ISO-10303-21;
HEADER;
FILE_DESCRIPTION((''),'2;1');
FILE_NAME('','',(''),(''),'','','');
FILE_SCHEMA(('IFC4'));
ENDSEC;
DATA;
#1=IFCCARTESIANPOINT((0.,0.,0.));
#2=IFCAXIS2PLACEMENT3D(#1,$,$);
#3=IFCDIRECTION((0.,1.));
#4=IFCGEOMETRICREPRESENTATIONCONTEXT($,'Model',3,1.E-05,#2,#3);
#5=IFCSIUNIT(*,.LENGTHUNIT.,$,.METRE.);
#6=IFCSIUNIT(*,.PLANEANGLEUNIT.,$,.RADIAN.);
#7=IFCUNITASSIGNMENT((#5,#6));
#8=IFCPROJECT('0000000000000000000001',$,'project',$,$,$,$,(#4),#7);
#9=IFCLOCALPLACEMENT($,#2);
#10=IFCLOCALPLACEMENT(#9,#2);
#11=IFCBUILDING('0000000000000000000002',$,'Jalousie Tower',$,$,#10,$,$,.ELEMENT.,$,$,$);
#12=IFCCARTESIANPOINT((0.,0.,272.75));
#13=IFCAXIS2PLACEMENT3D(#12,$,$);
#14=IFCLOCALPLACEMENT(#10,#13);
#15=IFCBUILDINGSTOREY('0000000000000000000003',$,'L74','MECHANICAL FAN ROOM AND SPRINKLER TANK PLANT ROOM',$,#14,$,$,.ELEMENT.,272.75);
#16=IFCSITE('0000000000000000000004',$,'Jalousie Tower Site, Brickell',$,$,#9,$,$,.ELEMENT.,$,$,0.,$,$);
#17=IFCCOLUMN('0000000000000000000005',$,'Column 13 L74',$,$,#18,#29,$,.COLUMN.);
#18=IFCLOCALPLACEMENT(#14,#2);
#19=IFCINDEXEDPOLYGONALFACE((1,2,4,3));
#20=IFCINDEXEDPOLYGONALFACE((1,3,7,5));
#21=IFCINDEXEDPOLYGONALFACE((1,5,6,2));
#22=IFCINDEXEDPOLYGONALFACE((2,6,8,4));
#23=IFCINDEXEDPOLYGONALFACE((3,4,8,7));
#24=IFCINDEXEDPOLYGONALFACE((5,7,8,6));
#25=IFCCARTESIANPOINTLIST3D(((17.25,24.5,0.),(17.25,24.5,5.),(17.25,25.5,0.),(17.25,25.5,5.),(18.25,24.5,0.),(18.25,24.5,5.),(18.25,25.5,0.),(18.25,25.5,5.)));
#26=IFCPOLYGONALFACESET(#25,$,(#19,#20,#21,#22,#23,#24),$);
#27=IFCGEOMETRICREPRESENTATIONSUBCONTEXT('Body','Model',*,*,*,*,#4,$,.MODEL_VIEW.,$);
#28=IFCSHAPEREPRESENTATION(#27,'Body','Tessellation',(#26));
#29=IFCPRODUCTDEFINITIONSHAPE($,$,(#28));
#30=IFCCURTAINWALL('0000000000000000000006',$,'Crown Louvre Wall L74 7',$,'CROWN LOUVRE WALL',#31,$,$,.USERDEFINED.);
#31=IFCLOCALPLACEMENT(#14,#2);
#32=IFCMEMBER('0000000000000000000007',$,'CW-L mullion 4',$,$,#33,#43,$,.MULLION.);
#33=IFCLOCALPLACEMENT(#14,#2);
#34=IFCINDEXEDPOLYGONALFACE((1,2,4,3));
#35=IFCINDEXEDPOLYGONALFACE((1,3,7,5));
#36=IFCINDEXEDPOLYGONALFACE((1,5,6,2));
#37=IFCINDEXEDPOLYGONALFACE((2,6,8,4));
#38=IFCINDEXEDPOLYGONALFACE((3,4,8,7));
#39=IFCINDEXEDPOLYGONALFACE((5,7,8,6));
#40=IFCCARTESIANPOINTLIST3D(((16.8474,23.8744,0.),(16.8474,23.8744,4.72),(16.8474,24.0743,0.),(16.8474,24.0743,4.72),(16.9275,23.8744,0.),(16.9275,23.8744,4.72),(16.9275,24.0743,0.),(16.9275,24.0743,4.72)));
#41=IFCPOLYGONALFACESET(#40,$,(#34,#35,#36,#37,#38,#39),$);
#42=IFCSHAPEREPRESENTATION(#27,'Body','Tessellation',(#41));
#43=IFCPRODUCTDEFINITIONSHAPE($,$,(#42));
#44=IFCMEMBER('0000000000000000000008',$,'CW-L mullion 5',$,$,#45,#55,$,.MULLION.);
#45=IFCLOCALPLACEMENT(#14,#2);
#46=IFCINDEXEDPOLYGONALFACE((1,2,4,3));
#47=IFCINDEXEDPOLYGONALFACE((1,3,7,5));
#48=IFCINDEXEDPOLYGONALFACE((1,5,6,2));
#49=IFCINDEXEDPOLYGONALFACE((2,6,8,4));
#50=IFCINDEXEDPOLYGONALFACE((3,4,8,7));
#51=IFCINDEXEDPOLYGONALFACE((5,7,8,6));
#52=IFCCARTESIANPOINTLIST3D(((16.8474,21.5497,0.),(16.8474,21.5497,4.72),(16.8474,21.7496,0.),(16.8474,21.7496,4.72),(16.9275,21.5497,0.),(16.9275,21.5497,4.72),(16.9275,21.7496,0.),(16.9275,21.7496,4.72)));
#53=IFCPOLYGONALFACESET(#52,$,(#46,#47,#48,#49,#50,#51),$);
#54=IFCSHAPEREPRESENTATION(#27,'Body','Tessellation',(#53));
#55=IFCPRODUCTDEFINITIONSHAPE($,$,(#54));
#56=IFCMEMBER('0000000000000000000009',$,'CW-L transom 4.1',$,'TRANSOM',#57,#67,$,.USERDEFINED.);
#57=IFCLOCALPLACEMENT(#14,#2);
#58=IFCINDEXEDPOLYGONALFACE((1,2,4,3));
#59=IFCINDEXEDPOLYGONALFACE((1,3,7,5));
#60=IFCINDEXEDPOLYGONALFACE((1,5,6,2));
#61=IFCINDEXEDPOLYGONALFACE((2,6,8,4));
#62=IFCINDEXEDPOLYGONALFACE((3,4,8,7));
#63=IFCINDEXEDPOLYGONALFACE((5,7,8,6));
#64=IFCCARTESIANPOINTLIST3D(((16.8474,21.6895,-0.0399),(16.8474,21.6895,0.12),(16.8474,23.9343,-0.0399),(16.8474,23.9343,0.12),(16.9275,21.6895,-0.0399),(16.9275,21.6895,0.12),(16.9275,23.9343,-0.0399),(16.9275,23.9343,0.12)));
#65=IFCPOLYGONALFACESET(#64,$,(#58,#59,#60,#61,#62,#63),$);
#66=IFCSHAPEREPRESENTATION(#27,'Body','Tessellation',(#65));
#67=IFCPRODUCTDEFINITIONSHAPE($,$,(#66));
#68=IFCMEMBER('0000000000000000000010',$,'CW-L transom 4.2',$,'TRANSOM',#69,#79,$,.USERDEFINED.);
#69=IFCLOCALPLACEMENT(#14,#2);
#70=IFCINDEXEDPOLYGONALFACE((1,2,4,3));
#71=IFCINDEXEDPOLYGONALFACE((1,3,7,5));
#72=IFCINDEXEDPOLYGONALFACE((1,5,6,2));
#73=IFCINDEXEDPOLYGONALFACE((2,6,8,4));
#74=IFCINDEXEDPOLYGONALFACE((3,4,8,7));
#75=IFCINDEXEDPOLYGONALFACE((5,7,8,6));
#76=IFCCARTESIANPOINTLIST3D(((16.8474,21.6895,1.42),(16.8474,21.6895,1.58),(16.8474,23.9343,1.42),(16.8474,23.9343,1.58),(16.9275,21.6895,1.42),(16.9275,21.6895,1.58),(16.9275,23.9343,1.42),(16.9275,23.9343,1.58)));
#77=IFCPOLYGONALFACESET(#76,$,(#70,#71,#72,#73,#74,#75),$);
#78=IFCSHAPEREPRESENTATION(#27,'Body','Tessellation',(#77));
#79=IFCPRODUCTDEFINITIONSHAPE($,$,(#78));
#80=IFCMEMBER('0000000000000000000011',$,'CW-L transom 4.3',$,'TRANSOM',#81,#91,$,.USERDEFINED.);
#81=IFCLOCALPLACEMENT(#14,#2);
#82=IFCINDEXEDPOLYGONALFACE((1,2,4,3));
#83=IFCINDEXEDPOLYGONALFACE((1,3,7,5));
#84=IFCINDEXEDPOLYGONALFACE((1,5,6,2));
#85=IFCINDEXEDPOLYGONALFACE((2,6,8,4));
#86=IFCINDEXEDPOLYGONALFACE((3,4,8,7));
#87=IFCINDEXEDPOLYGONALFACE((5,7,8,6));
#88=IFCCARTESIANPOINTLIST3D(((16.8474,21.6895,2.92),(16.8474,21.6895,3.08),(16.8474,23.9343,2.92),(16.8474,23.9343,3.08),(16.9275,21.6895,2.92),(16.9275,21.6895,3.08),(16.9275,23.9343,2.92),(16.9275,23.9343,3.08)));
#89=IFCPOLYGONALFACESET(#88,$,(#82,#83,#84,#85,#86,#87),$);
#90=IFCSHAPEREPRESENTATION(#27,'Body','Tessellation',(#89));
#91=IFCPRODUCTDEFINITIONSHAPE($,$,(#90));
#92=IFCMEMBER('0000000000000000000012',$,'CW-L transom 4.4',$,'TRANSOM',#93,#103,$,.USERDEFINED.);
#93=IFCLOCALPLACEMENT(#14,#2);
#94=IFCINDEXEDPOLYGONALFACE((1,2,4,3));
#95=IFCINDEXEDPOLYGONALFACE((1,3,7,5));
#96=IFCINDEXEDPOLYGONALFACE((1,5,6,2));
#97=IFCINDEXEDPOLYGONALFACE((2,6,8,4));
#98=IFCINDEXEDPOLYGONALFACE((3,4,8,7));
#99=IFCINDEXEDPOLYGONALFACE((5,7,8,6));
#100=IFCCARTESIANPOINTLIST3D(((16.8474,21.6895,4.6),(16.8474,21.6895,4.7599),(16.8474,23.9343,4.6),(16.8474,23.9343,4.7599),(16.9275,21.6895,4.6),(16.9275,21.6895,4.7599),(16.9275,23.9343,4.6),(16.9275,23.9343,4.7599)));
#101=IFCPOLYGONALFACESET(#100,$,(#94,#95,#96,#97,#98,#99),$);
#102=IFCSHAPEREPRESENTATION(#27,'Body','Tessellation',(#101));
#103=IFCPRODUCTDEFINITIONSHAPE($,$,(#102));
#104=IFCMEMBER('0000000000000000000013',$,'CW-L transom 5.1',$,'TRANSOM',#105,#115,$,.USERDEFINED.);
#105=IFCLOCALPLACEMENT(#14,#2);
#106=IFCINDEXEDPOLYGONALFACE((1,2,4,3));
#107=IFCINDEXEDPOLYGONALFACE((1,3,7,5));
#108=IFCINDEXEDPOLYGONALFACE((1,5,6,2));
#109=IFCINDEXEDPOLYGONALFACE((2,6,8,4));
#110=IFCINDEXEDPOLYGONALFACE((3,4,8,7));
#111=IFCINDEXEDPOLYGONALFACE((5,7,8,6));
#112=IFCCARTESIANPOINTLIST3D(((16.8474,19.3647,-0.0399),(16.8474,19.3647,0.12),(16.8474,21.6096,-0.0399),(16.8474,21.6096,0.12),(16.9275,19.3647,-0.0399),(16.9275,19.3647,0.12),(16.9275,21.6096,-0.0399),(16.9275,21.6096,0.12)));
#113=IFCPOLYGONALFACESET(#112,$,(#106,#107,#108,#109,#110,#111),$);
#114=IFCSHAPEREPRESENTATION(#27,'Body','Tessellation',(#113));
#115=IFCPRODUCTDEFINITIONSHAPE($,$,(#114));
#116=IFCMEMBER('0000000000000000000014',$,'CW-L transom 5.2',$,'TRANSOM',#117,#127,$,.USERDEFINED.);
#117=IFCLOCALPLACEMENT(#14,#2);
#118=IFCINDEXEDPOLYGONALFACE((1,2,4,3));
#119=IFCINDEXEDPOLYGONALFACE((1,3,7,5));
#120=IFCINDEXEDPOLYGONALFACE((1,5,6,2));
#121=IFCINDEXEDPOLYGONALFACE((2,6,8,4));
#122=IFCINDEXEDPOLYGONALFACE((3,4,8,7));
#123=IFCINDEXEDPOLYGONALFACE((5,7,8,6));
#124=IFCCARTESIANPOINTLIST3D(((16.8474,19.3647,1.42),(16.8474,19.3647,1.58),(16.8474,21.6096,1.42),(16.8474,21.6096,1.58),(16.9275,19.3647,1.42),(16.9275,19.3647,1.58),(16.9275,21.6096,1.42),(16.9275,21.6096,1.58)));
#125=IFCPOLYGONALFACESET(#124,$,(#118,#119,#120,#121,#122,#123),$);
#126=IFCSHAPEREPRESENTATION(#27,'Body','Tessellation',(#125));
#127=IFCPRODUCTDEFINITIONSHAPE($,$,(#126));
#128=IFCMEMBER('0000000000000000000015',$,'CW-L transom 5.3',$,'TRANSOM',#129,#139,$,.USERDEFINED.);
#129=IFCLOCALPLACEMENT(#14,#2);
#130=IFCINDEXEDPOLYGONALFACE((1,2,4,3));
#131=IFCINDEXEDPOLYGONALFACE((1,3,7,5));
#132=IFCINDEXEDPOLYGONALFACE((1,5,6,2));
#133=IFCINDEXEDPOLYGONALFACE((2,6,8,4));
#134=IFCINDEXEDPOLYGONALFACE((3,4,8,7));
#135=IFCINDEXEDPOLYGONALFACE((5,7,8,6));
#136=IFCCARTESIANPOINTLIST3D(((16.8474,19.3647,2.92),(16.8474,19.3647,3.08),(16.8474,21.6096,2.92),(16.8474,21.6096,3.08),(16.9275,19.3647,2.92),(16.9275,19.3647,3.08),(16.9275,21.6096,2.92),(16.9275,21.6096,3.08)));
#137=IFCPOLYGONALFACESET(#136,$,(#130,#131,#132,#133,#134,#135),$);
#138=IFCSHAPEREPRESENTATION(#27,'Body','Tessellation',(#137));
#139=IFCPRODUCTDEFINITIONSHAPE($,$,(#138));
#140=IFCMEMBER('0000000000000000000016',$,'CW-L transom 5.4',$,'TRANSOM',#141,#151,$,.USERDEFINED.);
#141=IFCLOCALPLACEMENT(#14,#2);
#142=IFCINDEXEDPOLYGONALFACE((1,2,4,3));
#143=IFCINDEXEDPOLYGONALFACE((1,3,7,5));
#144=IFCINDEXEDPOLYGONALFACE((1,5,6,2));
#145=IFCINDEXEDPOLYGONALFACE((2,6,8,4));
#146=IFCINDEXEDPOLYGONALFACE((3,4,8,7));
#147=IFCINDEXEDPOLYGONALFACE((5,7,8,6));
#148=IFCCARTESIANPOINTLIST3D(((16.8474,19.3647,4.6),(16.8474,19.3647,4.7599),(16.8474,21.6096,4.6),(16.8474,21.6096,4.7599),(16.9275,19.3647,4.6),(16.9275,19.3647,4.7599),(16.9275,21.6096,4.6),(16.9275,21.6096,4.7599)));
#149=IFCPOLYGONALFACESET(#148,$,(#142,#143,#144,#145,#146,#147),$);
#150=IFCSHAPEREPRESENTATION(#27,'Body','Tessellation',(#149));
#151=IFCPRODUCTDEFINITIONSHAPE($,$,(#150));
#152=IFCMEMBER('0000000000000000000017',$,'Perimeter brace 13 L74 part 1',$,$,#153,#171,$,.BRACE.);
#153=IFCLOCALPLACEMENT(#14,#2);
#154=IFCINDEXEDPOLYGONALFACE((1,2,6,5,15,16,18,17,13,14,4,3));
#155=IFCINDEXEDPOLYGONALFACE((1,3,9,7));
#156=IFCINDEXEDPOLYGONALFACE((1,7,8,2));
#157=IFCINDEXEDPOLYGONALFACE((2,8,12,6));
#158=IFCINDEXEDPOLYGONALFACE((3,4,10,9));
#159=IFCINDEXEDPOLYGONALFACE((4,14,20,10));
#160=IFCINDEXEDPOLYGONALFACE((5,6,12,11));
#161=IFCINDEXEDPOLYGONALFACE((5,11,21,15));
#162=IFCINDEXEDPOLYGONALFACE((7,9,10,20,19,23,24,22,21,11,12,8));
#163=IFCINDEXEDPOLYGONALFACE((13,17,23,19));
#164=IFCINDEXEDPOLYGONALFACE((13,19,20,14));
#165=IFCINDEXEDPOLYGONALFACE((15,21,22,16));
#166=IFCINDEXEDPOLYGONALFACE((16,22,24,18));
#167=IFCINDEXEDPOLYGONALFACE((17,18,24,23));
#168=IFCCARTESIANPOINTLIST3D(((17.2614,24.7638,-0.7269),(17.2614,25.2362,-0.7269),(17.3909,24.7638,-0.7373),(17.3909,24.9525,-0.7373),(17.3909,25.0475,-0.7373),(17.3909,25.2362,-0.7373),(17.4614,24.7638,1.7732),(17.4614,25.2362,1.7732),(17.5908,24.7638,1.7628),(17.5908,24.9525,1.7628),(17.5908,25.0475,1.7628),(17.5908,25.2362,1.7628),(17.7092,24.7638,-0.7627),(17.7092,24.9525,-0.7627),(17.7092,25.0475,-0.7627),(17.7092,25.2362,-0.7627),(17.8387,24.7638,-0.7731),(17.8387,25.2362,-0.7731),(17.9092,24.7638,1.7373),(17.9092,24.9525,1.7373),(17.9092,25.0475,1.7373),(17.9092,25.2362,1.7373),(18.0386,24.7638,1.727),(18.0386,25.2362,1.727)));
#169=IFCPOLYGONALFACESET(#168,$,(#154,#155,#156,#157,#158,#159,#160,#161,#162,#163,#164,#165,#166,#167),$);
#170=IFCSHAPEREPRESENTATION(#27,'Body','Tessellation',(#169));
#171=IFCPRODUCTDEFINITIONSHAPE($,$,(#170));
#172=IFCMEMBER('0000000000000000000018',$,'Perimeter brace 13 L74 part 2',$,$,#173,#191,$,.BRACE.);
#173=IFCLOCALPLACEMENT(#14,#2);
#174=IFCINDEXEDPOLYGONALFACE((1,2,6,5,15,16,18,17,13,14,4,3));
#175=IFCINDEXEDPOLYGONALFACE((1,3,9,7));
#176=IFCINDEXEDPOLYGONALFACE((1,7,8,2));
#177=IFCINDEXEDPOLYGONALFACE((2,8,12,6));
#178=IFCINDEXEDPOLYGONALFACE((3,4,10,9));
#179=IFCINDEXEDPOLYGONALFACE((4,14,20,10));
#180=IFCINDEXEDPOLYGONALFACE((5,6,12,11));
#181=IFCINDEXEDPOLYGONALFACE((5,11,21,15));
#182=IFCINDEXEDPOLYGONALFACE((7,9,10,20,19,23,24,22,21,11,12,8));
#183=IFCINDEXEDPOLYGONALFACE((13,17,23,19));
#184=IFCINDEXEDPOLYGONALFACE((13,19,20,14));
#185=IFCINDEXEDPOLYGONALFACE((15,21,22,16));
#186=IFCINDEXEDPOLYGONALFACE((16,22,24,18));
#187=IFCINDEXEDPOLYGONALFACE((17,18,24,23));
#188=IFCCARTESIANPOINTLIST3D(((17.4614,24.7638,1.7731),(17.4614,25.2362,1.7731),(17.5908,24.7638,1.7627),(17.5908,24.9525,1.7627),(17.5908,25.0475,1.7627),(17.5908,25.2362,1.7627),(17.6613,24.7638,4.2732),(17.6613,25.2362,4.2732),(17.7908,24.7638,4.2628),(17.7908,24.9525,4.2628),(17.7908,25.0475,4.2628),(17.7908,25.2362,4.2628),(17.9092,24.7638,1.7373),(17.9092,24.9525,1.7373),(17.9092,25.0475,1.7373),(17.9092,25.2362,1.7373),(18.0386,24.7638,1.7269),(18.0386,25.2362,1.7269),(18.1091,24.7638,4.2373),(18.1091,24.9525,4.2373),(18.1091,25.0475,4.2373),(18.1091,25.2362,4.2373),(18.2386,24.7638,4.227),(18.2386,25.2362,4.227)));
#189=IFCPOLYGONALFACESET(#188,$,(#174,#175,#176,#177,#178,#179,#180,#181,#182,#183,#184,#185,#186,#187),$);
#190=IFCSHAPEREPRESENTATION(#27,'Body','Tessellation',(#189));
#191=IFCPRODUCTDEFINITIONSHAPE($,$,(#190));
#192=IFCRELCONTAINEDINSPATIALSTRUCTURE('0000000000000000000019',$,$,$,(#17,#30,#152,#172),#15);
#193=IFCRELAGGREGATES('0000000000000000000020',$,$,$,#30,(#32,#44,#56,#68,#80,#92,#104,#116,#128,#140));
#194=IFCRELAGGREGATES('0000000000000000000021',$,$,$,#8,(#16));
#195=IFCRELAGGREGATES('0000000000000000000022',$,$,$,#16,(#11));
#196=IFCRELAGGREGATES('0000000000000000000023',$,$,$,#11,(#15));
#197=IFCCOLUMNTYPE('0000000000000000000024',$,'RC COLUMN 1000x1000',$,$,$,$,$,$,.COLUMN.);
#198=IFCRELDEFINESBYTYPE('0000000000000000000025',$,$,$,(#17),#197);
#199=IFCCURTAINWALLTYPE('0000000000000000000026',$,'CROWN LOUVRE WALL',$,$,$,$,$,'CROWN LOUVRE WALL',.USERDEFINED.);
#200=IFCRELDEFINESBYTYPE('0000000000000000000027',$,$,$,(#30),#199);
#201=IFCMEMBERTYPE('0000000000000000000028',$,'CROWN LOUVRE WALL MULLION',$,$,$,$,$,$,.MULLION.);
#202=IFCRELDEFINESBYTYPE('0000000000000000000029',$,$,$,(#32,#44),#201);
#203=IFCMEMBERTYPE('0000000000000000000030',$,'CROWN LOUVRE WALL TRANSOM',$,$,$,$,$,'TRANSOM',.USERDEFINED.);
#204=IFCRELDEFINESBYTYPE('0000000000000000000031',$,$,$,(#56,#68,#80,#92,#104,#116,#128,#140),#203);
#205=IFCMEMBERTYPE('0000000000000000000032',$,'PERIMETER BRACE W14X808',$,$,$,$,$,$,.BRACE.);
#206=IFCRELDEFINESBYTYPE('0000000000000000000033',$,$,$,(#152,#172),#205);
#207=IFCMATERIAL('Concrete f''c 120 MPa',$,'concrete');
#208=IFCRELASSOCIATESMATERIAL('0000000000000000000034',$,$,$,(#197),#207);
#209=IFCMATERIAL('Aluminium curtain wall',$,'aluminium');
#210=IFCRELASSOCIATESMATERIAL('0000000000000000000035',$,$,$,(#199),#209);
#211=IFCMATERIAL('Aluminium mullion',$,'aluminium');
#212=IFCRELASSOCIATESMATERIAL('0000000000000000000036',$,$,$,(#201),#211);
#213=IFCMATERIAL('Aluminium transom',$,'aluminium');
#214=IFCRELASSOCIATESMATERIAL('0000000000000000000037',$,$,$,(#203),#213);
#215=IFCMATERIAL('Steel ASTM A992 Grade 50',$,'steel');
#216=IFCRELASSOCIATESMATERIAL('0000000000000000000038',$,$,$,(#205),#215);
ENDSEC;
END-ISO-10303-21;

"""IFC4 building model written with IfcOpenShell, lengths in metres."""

from ifc_helpers import new_model, si_unit, direction, frame, origin, origin_2d, place, context, subcontext, project, spatial, rectangle, i_section, extrude, material, material_profile, profile_set, type_object, element, aggregate, save


model = new_model("IFC4")

# Units and contexts
model_context = context("Model", 3, precision=1e-05, world=origin(), true_north=direction((0.0, 1.0)))
body_context = subcontext(model_context, "Body", "Model", "MODEL_VIEW")
ifc_project = project(units=[si_unit("LENGTHUNIT", "METRE"), si_unit("PLANEANGLEUNIT", "RADIAN")], contexts=[model_context])

# Site, building, storey
site_placement = place(None, origin())
site = spatial("IfcSite", under=ifc_project, at=site_placement, Name="Jalousie Tower Site, Brickell", CompositionType="ELEMENT", RefElevation=0.0)
building_placement = place(site_placement, origin())
building = spatial("IfcBuilding", under=site, at=building_placement, Name="Jalousie Tower", CompositionType="ELEMENT")
storey_placement = place(building_placement, frame((0.0, 0.0, 272.75)))
storey = spatial("IfcBuildingStorey", under=building, at=storey_placement, Name="L74", Description="MECHANICAL FAN ROOM AND SPRINKLER TANK PLANT ROOM", CompositionType="ELEMENT", Elevation=272.75)

# Column
ifc_material_1 = material(Name="Concrete f'c 120 MPa", Category="concrete")
ifc_material_profile_1 = material_profile(ifc_material_1, rectangle(XDim=1.0, YDim=1.0, at=origin_2d()), Name="RC 1000x1000")
ifc_profile_set_1 = profile_set([ifc_material_profile_1], Name="Concrete f'c 120 MPa")
column_type = type_object("IfcColumnType", Name="RC COLUMN 1000x1000", PredefinedType="COLUMN", material=ifc_profile_set_1)
column_placement = place(storey_placement, frame((17.75, 25.0, 0.0), z_axis=(0.0, 0.0, 1.0), x_axis=(1.0, 0.0, 0.0)))
element("IfcColumn", 1, at=column_placement, inside=storey, type_object=column_type, Name="Column 13 L74", PredefinedType="COLUMN", context=body_context, shape_type="SweptSolid", body=[
    extrude(rectangle(XDim=1.0, YDim=1.0, at=origin_2d()), origin(), (0.0, 0.0, 1.0), 5.0),
])

# Curtain wall, members
ifc_material_2 = material(Name="Aluminium curtain wall", Category="aluminium")
curtain_wall_type = type_object("IfcCurtainWallType", Name="CROWN LOUVRE WALL", ElementType="CROWN LOUVRE WALL", PredefinedType="USERDEFINED", material=ifc_material_2)
curtain_wall_placement = place(storey_placement, origin())
curtain_wall = element("IfcCurtainWall", 2, at=curtain_wall_placement, inside=storey, type_object=curtain_wall_type, Name="Crown Louvre Wall L74 7", ObjectType="CROWN LOUVRE WALL", PredefinedType="USERDEFINED")
ifc_material_3 = material(Name="Aluminium mullion", Category="aluminium")
ifc_material_profile_2 = material_profile(ifc_material_3, rectangle(XDim=0.0801, YDim=0.2, at=origin_2d()), Name="MULLION 80x200")
ifc_profile_set_2 = profile_set([ifc_material_profile_2], Name="Aluminium mullion")
member_type_1 = type_object("IfcMemberType", Name="CROWN LOUVRE WALL MULLION", PredefinedType="MULLION", material=ifc_profile_set_2)
member_1_placement = place(storey_placement, frame((16.8875, 23.9744, 0.0), z_axis=(0.0, 0.0, 1.0), x_axis=(1.0, 0.0, 0.0)))
member_1 = element("IfcMember", 3, at=member_1_placement, type_object=member_type_1, Name="CW-L mullion 4", PredefinedType="MULLION", context=body_context, shape_type="SweptSolid", body=[
    extrude(rectangle(XDim=0.0801, YDim=0.2, at=origin_2d()), origin(), (0.0, 0.0, 1.0), 4.72),
])
member_2_placement = place(storey_placement, frame((16.8875, 21.6497, 0.0), z_axis=(0.0, 0.0, 1.0), x_axis=(1.0, 0.0, 0.0)))
member_2 = element("IfcMember", 4, at=member_2_placement, type_object=member_type_1, Name="CW-L mullion 5", PredefinedType="MULLION", context=body_context, shape_type="SweptSolid", body=[
    extrude(rectangle(XDim=0.0801, YDim=0.2, at=origin_2d()), origin(), (0.0, 0.0, 1.0), 4.72),
])
ifc_material_4 = material(Name="Aluminium transom", Category="aluminium")
ifc_material_profile_3 = material_profile(ifc_material_4, rectangle(XDim=0.0801, YDim=0.1599, at=origin_2d()), Name="TRANSOM 80x160")
ifc_profile_set_3 = profile_set([ifc_material_profile_3], Name="Aluminium transom")
member_type_2 = type_object("IfcMemberType", Name="CROWN LOUVRE WALL TRANSOM", ElementType="TRANSOM", PredefinedType="USERDEFINED", material=ifc_profile_set_3)
member_3_placement = place(storey_placement, frame((16.8875, 23.9343, 0.04), z_axis=(0.0, -1.0, 0.0), x_axis=(1.0, 0.0, 0.0)))
member_3 = element("IfcMember", 5, at=member_3_placement, type_object=member_type_2, Name="CW-L transom 4.1", ObjectType="TRANSOM", PredefinedType="USERDEFINED", context=body_context, shape_type="SweptSolid", body=[
    extrude(rectangle(XDim=0.0801, YDim=0.1599, at=origin_2d()), origin(), (0.0, 0.0, 1.0), 2.2449),
])
member_4_placement = place(storey_placement, frame((16.8875, 23.9343, 1.5), z_axis=(0.0, -1.0, 0.0), x_axis=(1.0, 0.0, 0.0)))
member_4 = element("IfcMember", 6, at=member_4_placement, type_object=member_type_2, Name="CW-L transom 4.2", ObjectType="TRANSOM", PredefinedType="USERDEFINED", context=body_context, shape_type="SweptSolid", body=[
    extrude(rectangle(XDim=0.0801, YDim=0.1599, at=origin_2d()), origin(), (0.0, 0.0, 1.0), 2.2449),
])
member_5_placement = place(storey_placement, frame((16.8875, 23.9343, 3.0), z_axis=(0.0, -1.0, 0.0), x_axis=(1.0, 0.0, 0.0)))
member_5 = element("IfcMember", 7, at=member_5_placement, type_object=member_type_2, Name="CW-L transom 4.3", ObjectType="TRANSOM", PredefinedType="USERDEFINED", context=body_context, shape_type="SweptSolid", body=[
    extrude(rectangle(XDim=0.0801, YDim=0.1599, at=origin_2d()), origin(), (0.0, 0.0, 1.0), 2.2449),
])
member_6_placement = place(storey_placement, frame((16.8875, 23.9343, 4.6799), z_axis=(0.0, -1.0, 0.0), x_axis=(1.0, 0.0, 0.0)))
member_6 = element("IfcMember", 8, at=member_6_placement, type_object=member_type_2, Name="CW-L transom 4.4", ObjectType="TRANSOM", PredefinedType="USERDEFINED", context=body_context, shape_type="SweptSolid", body=[
    extrude(rectangle(XDim=0.0801, YDim=0.1599, at=origin_2d()), origin(), (0.0, 0.0, 1.0), 2.2449),
])
member_7_placement = place(storey_placement, frame((16.8875, 21.6096, 0.04), z_axis=(0.0, -1.0, 0.0), x_axis=(1.0, 0.0, 0.0)))
member_7 = element("IfcMember", 9, at=member_7_placement, type_object=member_type_2, Name="CW-L transom 5.1", ObjectType="TRANSOM", PredefinedType="USERDEFINED", context=body_context, shape_type="SweptSolid", body=[
    extrude(rectangle(XDim=0.0801, YDim=0.1599, at=origin_2d()), origin(), (0.0, 0.0, 1.0), 2.2449),
])
member_8_placement = place(storey_placement, frame((16.8875, 21.6096, 1.5), z_axis=(0.0, -1.0, 0.0), x_axis=(1.0, 0.0, 0.0)))
member_8 = element("IfcMember", 10, at=member_8_placement, type_object=member_type_2, Name="CW-L transom 5.2", ObjectType="TRANSOM", PredefinedType="USERDEFINED", context=body_context, shape_type="SweptSolid", body=[
    extrude(rectangle(XDim=0.0801, YDim=0.1599, at=origin_2d()), origin(), (0.0, 0.0, 1.0), 2.2449),
])
member_9_placement = place(storey_placement, frame((16.8875, 21.6096, 3.0), z_axis=(0.0, -1.0, 0.0), x_axis=(1.0, 0.0, 0.0)))
member_9 = element("IfcMember", 11, at=member_9_placement, type_object=member_type_2, Name="CW-L transom 5.3", ObjectType="TRANSOM", PredefinedType="USERDEFINED", context=body_context, shape_type="SweptSolid", body=[
    extrude(rectangle(XDim=0.0801, YDim=0.1599, at=origin_2d()), origin(), (0.0, 0.0, 1.0), 2.2449),
])
member_10_placement = place(storey_placement, frame((16.8875, 21.6096, 4.6799), z_axis=(0.0, -1.0, 0.0), x_axis=(1.0, 0.0, 0.0)))
member_10 = element("IfcMember", 12, at=member_10_placement, type_object=member_type_2, Name="CW-L transom 5.4", ObjectType="TRANSOM", PredefinedType="USERDEFINED", context=body_context, shape_type="SweptSolid", body=[
    extrude(rectangle(XDim=0.0801, YDim=0.1599, at=origin_2d()), origin(), (0.0, 0.0, 1.0), 2.2449),
])

# Members
ifc_material_5 = material(Name="Steel ASTM A992 Grade 50", Category="steel")
ifc_material_profile_4 = material_profile(ifc_material_5, i_section(OverallWidth=0.4724, OverallDepth=0.5791, WebThickness=0.095, FlangeThickness=0.1299, at=origin_2d()), Name="W14X808")
ifc_profile_set_4 = profile_set([ifc_material_profile_4], Name="Steel ASTM A992 Grade 50")
member_type_3 = type_object("IfcMemberType", Name="PERIMETER BRACE W14X808", PredefinedType="BRACE", material=ifc_profile_set_4)
for number, where, z_axis, x_axis, name in (
    (13, (17.55, 25.0, -0.75), (0.079726, 0.0, 0.996817), (0.0, 1.0, 0.0), "Perimeter brace 13 L74 part 1"),
    (14, (17.75, 25.0, 1.75), (0.079726, 0.0, 0.996817), (0.0, 1.0, 0.0), "Perimeter brace 13 L74 part 2"),
):
    element("IfcMember", number, at=place(storey_placement, frame(where, z_axis=z_axis, x_axis=x_axis)), inside=storey, type_object=member_type_3, Name=name, PredefinedType="BRACE", context=body_context, shape_type="SweptSolid", body=[
        extrude(i_section(OverallWidth=0.4724, OverallDepth=0.5791, WebThickness=0.095, FlangeThickness=0.1299, at=origin_2d()), origin(), (0.0, 0.0, 1.0), 2.5081),
    ])

aggregate(curtain_wall, [member_1, member_2, member_3, member_4, member_5, member_6, member_7, member_8, member_9, member_10])

save(model, "model.ifc")
